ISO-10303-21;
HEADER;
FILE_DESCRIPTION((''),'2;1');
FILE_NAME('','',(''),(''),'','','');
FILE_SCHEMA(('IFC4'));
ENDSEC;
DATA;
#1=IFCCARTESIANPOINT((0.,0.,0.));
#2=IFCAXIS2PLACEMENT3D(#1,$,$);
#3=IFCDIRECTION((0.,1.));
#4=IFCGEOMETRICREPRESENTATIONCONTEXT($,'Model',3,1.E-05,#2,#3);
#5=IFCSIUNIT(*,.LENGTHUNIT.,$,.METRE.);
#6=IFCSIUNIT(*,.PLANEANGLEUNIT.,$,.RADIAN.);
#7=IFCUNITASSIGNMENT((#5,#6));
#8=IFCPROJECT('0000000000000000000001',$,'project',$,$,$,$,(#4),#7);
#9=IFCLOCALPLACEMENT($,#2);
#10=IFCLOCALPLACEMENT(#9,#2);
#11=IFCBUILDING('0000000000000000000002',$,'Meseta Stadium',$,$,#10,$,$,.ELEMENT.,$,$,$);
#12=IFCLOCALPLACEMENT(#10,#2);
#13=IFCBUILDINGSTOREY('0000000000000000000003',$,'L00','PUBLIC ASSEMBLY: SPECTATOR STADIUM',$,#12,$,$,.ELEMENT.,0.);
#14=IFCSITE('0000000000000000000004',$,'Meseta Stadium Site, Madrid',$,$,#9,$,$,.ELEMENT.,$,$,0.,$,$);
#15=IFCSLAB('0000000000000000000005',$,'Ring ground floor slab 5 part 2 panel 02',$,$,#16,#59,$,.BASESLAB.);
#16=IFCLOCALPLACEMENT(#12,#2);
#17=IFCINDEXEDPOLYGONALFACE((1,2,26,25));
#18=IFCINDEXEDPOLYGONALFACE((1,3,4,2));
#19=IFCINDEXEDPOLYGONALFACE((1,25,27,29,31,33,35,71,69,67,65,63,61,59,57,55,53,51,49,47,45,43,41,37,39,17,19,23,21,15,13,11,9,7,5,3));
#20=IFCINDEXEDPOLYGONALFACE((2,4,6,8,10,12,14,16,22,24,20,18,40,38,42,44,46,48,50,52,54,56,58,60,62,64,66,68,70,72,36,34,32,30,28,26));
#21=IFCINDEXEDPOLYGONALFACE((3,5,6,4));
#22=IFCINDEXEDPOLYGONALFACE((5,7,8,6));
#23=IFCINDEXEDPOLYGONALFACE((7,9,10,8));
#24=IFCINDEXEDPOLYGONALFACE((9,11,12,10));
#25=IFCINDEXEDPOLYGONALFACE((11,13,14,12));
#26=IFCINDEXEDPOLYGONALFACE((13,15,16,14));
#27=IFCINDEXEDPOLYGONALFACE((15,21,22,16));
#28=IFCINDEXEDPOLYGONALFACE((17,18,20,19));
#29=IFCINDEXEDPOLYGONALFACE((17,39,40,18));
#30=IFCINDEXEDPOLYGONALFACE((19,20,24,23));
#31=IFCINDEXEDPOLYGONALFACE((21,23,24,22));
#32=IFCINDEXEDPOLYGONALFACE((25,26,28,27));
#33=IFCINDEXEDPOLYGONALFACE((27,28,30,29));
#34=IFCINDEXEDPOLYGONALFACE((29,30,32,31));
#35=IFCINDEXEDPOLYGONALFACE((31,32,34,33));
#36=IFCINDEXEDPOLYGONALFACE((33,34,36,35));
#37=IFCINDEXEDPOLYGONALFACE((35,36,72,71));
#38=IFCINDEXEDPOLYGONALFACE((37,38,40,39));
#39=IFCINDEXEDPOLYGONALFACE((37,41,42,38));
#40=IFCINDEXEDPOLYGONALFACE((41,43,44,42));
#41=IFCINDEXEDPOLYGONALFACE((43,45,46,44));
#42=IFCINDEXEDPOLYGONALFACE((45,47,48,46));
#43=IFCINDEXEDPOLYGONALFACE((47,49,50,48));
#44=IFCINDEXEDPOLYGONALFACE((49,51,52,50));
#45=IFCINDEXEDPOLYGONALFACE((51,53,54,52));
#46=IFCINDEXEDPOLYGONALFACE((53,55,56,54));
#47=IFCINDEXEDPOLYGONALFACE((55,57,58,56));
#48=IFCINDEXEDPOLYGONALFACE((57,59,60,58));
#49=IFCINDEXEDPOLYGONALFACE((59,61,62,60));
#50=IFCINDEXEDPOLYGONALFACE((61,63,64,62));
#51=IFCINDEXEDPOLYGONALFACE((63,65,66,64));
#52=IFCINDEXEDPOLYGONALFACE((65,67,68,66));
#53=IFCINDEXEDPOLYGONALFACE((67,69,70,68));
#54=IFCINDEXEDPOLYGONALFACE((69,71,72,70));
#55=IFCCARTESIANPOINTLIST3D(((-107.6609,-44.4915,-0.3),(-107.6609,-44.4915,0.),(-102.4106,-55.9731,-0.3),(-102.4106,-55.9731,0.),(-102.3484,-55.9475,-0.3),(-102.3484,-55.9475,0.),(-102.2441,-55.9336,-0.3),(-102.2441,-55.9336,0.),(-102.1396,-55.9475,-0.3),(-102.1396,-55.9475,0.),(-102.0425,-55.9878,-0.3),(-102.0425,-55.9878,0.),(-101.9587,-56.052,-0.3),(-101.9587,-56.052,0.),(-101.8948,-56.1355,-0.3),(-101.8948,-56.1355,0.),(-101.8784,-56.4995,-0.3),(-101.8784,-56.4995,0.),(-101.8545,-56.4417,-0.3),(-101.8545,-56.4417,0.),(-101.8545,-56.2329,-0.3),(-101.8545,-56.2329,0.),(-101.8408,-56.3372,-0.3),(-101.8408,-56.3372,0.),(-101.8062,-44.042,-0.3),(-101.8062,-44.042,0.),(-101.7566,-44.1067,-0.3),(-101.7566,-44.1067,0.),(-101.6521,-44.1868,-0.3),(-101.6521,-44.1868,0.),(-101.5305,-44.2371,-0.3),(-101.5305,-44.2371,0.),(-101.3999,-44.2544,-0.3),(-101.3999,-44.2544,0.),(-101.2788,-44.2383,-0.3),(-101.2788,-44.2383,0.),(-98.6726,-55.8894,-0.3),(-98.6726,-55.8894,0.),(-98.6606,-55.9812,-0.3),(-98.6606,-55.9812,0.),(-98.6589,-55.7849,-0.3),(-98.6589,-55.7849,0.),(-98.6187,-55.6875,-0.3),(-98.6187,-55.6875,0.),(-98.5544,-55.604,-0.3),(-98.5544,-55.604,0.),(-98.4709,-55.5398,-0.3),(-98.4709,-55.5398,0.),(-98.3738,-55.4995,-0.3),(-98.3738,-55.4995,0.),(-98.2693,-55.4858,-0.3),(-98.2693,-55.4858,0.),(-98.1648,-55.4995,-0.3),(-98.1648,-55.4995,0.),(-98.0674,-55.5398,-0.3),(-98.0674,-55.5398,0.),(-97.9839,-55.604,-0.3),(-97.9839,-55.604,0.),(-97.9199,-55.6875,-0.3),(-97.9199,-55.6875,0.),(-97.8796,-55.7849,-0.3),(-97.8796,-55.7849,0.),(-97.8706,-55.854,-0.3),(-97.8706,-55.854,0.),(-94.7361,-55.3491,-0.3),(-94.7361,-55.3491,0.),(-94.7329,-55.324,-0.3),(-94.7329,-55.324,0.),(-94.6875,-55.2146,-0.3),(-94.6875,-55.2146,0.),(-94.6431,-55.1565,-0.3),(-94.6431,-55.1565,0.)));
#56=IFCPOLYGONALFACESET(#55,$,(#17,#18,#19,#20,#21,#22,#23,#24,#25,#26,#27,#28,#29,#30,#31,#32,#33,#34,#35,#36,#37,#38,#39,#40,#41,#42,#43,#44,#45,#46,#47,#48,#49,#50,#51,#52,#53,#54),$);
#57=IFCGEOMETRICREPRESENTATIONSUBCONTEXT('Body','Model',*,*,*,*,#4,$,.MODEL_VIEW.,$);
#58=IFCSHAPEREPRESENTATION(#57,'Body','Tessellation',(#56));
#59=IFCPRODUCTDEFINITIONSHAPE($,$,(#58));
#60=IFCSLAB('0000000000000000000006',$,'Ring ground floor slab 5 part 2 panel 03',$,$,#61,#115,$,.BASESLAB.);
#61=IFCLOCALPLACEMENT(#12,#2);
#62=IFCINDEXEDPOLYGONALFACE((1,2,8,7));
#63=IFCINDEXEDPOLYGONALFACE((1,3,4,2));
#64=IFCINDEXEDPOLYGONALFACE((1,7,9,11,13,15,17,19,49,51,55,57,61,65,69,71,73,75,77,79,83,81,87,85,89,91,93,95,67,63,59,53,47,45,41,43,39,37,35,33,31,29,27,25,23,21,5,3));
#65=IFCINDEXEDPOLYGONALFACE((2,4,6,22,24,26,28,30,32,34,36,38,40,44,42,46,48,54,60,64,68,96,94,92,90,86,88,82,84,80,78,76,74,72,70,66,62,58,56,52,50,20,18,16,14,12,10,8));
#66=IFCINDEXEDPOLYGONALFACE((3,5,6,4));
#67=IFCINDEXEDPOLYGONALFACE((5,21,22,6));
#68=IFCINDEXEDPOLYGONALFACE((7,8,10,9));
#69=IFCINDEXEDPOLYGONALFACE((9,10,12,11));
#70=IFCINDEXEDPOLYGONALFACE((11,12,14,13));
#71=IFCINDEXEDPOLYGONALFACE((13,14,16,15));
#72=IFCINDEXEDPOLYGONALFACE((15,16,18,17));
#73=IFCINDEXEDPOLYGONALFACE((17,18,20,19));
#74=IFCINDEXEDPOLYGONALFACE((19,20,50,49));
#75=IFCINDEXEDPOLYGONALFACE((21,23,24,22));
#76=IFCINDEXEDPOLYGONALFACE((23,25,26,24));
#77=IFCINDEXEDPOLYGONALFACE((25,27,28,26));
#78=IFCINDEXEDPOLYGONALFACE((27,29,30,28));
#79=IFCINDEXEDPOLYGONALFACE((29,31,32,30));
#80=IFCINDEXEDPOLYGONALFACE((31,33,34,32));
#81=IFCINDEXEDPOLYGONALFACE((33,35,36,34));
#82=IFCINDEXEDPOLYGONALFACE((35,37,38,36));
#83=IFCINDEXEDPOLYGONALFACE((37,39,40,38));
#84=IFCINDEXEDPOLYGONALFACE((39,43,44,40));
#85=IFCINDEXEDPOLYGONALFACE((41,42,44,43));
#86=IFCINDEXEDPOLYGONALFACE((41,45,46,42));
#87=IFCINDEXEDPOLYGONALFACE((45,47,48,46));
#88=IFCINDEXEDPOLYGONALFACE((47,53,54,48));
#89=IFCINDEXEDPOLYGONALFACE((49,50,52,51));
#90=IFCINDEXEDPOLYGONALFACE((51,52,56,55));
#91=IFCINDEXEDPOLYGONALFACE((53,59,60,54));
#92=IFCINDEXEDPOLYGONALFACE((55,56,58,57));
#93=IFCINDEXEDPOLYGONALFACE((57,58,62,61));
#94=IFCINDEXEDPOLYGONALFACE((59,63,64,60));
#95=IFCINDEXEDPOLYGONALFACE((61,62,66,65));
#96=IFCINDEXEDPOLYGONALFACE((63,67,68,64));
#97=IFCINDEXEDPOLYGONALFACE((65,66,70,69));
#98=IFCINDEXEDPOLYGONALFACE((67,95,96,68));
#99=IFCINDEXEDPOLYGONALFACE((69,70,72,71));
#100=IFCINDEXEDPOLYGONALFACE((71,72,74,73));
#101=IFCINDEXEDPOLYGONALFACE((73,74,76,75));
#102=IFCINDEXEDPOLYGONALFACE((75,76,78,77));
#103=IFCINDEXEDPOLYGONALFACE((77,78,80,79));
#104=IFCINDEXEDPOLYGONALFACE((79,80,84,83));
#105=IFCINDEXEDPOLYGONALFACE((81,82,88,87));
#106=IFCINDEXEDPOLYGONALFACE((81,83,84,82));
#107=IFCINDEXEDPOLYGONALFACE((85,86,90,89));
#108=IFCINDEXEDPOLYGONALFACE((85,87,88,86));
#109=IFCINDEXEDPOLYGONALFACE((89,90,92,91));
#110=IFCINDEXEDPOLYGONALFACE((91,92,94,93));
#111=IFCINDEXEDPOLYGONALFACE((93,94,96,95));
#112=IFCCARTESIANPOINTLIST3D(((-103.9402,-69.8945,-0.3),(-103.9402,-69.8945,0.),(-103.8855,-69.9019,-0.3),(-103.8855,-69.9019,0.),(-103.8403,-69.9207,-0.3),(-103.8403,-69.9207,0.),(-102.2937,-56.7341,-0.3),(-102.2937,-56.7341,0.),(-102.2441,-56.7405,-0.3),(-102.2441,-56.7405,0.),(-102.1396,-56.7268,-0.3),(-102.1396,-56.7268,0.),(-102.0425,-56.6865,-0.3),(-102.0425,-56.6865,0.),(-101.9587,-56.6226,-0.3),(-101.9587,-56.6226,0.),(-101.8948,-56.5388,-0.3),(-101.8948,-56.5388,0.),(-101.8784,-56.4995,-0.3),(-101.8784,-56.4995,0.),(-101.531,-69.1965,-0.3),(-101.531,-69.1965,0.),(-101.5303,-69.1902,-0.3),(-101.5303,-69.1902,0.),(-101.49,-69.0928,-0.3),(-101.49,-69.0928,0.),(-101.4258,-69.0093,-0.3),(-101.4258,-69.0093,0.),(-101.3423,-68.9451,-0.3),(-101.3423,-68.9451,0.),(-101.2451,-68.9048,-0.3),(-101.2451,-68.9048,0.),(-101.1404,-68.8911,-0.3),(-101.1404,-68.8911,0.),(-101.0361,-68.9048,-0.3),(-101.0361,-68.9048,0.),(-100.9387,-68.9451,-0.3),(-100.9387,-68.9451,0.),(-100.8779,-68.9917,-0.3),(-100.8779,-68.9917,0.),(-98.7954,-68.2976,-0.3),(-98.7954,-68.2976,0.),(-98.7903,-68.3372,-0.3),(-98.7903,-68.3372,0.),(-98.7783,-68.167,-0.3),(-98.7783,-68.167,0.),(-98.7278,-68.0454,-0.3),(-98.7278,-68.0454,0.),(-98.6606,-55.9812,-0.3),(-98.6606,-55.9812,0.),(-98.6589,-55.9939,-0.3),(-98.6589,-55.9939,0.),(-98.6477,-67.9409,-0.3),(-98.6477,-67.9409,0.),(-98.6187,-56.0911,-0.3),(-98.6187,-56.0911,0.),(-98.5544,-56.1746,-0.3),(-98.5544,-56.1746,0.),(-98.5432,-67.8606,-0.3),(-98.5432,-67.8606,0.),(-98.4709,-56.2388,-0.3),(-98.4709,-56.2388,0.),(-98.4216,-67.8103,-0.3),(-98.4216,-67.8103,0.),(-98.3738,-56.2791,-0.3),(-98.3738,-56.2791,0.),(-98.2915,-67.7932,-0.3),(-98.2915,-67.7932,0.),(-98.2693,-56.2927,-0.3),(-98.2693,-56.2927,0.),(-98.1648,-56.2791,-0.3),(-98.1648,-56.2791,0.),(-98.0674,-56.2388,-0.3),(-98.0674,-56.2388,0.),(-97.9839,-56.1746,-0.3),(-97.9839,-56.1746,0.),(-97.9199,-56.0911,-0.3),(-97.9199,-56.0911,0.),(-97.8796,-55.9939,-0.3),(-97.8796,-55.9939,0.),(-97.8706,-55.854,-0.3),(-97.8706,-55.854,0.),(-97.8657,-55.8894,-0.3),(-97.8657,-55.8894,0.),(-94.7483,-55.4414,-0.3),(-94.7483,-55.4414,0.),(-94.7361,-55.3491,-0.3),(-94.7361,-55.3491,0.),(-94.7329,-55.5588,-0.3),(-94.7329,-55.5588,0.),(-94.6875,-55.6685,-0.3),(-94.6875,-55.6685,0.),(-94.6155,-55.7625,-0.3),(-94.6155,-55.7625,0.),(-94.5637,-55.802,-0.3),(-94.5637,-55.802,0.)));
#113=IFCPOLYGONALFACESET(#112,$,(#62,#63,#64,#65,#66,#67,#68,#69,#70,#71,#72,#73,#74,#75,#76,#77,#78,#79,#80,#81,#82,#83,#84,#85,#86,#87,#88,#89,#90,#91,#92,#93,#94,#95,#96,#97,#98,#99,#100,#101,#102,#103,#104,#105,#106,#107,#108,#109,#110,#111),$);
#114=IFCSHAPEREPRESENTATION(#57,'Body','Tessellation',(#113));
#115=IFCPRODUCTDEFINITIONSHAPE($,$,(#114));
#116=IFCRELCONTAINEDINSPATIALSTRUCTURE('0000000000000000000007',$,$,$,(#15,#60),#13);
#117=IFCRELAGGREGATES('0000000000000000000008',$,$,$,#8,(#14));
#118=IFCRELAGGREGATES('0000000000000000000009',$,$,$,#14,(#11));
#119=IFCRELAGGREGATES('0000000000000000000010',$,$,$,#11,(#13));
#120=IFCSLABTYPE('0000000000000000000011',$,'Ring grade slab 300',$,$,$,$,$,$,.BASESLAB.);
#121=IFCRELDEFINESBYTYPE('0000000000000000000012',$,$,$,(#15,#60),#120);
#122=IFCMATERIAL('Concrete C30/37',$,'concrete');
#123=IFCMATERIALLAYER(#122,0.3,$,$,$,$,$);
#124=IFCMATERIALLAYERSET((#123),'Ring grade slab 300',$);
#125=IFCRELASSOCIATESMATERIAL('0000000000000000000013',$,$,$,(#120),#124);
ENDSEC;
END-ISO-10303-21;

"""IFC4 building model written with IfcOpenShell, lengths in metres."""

from ifc_helpers import new_model, si_unit, direction, frame, origin, place, context, subcontext, project, spatial, polyline, outline, extrude, material, layer, layer_set, type_object, element, save


model = new_model("IFC4")

# Units and contexts
model_context = context("Model", 3, precision=1e-05, world=origin(), true_north=direction((0.0, 1.0)))
body_context = subcontext(model_context, "Body", "Model", "MODEL_VIEW")
ifc_project = project(units=[si_unit("LENGTHUNIT", "METRE"), si_unit("PLANEANGLEUNIT", "RADIAN")], contexts=[model_context])

# Site, building, storey
site_placement = place(None, origin())
site = spatial("IfcSite", under=ifc_project, at=site_placement, Name="Meseta Stadium Site, Madrid", CompositionType="ELEMENT", RefElevation=0.0)
building_placement = place(site_placement, origin())
building = spatial("IfcBuilding", under=site, at=building_placement, Name="Meseta Stadium", CompositionType="ELEMENT")
storey_placement = place(building_placement, origin())
storey = spatial("IfcBuildingStorey", under=building, at=storey_placement, Name="L00", Description="PUBLIC ASSEMBLY: SPECTATOR STADIUM", CompositionType="ELEMENT", Elevation=0.0)

# Slabs
ifc_material_1 = material(Name="Concrete C30/37", Category="concrete")
ifc_layer_1 = layer(ifc_material_1, 0.3)
ifc_layer_set_1 = layer_set([ifc_layer_1], Name="Ring grade slab 300")
slab_type_1 = type_object("IfcSlabType", Name="Ring grade slab 300", PredefinedType="BASESLAB", material=ifc_layer_set_1)
slab_1_placement = place(storey_placement, frame((0.0, 0.0, -0.3)))
element("IfcSlab", 1, at=slab_1_placement, inside=storey, type_object=slab_type_1, Name="Ring ground floor slab 5 part 2 panel 02", PredefinedType="BASESLAB", context=body_context, shape_type="SweptSolid", body=[
    extrude(outline(polyline([(-101.8408, -56.3372), (-101.8545, -56.4417), (-101.8784, -56.4995), (-98.6606, -55.9812), (-98.6726, -55.8894), (-98.6589, -55.7849), (-98.6187, -55.6875), (-98.5544, -55.604), (-98.4709, -55.5398), (-98.3738, -55.4995), (-98.2693, -55.4858), (-98.1648, -55.4995), (-98.0674, -55.5398), (-97.9839, -55.604), (-97.9199, -55.6875), (-97.8796, -55.7849), (-97.8706, -55.854), (-94.7361, -55.3491), (-94.7329, -55.324), (-94.6875, -55.2146), (-94.6431, -55.1565), (-101.2788, -44.2383), (-101.3999, -44.2544), (-101.5305, -44.2371), (-101.6521, -44.1868), (-101.7566, -44.1067), (-101.8062, -44.042), (-107.6609, -44.4915), (-102.4106, -55.9731), (-102.3484, -55.9475), (-102.2441, -55.9336), (-102.1396, -55.9475), (-102.0425, -55.9878), (-101.9587, -56.052), (-101.8948, -56.1355), (-101.8545, -56.2329), (-101.8408, -56.3372)])), origin(), (0.0, 0.0, 1.0), 0.3),
])
slab_2_placement = place(storey_placement, frame((0.0, 0.0, -0.3)))
element("IfcSlab", 2, at=slab_2_placement, inside=storey, type_object=slab_type_1, Name="Ring ground floor slab 5 part 2 panel 03", PredefinedType="BASESLAB", context=body_context, shape_type="SweptSolid", body=[
    extrude(outline(polyline([(-103.9402, -69.8945), (-103.8855, -69.9019), (-103.8403, -69.9207), (-101.531, -69.1965), (-101.5303, -69.1902), (-101.49, -69.0928), (-101.4258, -69.0093), (-101.3423, -68.9451), (-101.2451, -68.9048), (-101.1404, -68.8911), (-101.0361, -68.9048), (-100.9387, -68.9451), (-100.8779, -68.9917), (-98.7903, -68.3372), (-98.7954, -68.2976), (-98.7783, -68.167), (-98.7278, -68.0454), (-98.6477, -67.9409), (-98.5432, -67.8606), (-98.4216, -67.8103), (-98.2915, -67.7932), (-94.5637, -55.802), (-94.6155, -55.7625), (-94.6875, -55.6685), (-94.7329, -55.5588), (-94.7483, -55.4414), (-94.7361, -55.3491), (-97.8706, -55.854), (-97.8657, -55.8894), (-97.8796, -55.9939), (-97.9199, -56.0911), (-97.9839, -56.1746), (-98.0674, -56.2388), (-98.1648, -56.2791), (-98.2693, -56.2927), (-98.3738, -56.2791), (-98.4709, -56.2388), (-98.5544, -56.1746), (-98.6187, -56.0911), (-98.6589, -55.9939), (-98.6606, -55.9812), (-101.8784, -56.4995), (-101.8948, -56.5388), (-101.9587, -56.6226), (-102.0425, -56.6865), (-102.1396, -56.7268), (-102.2441, -56.7405), (-102.2937, -56.7341), (-103.9402, -69.8945)])), origin(), (0.0, 0.0, 1.0), 0.3),
])

save(model, "model.ifc")
